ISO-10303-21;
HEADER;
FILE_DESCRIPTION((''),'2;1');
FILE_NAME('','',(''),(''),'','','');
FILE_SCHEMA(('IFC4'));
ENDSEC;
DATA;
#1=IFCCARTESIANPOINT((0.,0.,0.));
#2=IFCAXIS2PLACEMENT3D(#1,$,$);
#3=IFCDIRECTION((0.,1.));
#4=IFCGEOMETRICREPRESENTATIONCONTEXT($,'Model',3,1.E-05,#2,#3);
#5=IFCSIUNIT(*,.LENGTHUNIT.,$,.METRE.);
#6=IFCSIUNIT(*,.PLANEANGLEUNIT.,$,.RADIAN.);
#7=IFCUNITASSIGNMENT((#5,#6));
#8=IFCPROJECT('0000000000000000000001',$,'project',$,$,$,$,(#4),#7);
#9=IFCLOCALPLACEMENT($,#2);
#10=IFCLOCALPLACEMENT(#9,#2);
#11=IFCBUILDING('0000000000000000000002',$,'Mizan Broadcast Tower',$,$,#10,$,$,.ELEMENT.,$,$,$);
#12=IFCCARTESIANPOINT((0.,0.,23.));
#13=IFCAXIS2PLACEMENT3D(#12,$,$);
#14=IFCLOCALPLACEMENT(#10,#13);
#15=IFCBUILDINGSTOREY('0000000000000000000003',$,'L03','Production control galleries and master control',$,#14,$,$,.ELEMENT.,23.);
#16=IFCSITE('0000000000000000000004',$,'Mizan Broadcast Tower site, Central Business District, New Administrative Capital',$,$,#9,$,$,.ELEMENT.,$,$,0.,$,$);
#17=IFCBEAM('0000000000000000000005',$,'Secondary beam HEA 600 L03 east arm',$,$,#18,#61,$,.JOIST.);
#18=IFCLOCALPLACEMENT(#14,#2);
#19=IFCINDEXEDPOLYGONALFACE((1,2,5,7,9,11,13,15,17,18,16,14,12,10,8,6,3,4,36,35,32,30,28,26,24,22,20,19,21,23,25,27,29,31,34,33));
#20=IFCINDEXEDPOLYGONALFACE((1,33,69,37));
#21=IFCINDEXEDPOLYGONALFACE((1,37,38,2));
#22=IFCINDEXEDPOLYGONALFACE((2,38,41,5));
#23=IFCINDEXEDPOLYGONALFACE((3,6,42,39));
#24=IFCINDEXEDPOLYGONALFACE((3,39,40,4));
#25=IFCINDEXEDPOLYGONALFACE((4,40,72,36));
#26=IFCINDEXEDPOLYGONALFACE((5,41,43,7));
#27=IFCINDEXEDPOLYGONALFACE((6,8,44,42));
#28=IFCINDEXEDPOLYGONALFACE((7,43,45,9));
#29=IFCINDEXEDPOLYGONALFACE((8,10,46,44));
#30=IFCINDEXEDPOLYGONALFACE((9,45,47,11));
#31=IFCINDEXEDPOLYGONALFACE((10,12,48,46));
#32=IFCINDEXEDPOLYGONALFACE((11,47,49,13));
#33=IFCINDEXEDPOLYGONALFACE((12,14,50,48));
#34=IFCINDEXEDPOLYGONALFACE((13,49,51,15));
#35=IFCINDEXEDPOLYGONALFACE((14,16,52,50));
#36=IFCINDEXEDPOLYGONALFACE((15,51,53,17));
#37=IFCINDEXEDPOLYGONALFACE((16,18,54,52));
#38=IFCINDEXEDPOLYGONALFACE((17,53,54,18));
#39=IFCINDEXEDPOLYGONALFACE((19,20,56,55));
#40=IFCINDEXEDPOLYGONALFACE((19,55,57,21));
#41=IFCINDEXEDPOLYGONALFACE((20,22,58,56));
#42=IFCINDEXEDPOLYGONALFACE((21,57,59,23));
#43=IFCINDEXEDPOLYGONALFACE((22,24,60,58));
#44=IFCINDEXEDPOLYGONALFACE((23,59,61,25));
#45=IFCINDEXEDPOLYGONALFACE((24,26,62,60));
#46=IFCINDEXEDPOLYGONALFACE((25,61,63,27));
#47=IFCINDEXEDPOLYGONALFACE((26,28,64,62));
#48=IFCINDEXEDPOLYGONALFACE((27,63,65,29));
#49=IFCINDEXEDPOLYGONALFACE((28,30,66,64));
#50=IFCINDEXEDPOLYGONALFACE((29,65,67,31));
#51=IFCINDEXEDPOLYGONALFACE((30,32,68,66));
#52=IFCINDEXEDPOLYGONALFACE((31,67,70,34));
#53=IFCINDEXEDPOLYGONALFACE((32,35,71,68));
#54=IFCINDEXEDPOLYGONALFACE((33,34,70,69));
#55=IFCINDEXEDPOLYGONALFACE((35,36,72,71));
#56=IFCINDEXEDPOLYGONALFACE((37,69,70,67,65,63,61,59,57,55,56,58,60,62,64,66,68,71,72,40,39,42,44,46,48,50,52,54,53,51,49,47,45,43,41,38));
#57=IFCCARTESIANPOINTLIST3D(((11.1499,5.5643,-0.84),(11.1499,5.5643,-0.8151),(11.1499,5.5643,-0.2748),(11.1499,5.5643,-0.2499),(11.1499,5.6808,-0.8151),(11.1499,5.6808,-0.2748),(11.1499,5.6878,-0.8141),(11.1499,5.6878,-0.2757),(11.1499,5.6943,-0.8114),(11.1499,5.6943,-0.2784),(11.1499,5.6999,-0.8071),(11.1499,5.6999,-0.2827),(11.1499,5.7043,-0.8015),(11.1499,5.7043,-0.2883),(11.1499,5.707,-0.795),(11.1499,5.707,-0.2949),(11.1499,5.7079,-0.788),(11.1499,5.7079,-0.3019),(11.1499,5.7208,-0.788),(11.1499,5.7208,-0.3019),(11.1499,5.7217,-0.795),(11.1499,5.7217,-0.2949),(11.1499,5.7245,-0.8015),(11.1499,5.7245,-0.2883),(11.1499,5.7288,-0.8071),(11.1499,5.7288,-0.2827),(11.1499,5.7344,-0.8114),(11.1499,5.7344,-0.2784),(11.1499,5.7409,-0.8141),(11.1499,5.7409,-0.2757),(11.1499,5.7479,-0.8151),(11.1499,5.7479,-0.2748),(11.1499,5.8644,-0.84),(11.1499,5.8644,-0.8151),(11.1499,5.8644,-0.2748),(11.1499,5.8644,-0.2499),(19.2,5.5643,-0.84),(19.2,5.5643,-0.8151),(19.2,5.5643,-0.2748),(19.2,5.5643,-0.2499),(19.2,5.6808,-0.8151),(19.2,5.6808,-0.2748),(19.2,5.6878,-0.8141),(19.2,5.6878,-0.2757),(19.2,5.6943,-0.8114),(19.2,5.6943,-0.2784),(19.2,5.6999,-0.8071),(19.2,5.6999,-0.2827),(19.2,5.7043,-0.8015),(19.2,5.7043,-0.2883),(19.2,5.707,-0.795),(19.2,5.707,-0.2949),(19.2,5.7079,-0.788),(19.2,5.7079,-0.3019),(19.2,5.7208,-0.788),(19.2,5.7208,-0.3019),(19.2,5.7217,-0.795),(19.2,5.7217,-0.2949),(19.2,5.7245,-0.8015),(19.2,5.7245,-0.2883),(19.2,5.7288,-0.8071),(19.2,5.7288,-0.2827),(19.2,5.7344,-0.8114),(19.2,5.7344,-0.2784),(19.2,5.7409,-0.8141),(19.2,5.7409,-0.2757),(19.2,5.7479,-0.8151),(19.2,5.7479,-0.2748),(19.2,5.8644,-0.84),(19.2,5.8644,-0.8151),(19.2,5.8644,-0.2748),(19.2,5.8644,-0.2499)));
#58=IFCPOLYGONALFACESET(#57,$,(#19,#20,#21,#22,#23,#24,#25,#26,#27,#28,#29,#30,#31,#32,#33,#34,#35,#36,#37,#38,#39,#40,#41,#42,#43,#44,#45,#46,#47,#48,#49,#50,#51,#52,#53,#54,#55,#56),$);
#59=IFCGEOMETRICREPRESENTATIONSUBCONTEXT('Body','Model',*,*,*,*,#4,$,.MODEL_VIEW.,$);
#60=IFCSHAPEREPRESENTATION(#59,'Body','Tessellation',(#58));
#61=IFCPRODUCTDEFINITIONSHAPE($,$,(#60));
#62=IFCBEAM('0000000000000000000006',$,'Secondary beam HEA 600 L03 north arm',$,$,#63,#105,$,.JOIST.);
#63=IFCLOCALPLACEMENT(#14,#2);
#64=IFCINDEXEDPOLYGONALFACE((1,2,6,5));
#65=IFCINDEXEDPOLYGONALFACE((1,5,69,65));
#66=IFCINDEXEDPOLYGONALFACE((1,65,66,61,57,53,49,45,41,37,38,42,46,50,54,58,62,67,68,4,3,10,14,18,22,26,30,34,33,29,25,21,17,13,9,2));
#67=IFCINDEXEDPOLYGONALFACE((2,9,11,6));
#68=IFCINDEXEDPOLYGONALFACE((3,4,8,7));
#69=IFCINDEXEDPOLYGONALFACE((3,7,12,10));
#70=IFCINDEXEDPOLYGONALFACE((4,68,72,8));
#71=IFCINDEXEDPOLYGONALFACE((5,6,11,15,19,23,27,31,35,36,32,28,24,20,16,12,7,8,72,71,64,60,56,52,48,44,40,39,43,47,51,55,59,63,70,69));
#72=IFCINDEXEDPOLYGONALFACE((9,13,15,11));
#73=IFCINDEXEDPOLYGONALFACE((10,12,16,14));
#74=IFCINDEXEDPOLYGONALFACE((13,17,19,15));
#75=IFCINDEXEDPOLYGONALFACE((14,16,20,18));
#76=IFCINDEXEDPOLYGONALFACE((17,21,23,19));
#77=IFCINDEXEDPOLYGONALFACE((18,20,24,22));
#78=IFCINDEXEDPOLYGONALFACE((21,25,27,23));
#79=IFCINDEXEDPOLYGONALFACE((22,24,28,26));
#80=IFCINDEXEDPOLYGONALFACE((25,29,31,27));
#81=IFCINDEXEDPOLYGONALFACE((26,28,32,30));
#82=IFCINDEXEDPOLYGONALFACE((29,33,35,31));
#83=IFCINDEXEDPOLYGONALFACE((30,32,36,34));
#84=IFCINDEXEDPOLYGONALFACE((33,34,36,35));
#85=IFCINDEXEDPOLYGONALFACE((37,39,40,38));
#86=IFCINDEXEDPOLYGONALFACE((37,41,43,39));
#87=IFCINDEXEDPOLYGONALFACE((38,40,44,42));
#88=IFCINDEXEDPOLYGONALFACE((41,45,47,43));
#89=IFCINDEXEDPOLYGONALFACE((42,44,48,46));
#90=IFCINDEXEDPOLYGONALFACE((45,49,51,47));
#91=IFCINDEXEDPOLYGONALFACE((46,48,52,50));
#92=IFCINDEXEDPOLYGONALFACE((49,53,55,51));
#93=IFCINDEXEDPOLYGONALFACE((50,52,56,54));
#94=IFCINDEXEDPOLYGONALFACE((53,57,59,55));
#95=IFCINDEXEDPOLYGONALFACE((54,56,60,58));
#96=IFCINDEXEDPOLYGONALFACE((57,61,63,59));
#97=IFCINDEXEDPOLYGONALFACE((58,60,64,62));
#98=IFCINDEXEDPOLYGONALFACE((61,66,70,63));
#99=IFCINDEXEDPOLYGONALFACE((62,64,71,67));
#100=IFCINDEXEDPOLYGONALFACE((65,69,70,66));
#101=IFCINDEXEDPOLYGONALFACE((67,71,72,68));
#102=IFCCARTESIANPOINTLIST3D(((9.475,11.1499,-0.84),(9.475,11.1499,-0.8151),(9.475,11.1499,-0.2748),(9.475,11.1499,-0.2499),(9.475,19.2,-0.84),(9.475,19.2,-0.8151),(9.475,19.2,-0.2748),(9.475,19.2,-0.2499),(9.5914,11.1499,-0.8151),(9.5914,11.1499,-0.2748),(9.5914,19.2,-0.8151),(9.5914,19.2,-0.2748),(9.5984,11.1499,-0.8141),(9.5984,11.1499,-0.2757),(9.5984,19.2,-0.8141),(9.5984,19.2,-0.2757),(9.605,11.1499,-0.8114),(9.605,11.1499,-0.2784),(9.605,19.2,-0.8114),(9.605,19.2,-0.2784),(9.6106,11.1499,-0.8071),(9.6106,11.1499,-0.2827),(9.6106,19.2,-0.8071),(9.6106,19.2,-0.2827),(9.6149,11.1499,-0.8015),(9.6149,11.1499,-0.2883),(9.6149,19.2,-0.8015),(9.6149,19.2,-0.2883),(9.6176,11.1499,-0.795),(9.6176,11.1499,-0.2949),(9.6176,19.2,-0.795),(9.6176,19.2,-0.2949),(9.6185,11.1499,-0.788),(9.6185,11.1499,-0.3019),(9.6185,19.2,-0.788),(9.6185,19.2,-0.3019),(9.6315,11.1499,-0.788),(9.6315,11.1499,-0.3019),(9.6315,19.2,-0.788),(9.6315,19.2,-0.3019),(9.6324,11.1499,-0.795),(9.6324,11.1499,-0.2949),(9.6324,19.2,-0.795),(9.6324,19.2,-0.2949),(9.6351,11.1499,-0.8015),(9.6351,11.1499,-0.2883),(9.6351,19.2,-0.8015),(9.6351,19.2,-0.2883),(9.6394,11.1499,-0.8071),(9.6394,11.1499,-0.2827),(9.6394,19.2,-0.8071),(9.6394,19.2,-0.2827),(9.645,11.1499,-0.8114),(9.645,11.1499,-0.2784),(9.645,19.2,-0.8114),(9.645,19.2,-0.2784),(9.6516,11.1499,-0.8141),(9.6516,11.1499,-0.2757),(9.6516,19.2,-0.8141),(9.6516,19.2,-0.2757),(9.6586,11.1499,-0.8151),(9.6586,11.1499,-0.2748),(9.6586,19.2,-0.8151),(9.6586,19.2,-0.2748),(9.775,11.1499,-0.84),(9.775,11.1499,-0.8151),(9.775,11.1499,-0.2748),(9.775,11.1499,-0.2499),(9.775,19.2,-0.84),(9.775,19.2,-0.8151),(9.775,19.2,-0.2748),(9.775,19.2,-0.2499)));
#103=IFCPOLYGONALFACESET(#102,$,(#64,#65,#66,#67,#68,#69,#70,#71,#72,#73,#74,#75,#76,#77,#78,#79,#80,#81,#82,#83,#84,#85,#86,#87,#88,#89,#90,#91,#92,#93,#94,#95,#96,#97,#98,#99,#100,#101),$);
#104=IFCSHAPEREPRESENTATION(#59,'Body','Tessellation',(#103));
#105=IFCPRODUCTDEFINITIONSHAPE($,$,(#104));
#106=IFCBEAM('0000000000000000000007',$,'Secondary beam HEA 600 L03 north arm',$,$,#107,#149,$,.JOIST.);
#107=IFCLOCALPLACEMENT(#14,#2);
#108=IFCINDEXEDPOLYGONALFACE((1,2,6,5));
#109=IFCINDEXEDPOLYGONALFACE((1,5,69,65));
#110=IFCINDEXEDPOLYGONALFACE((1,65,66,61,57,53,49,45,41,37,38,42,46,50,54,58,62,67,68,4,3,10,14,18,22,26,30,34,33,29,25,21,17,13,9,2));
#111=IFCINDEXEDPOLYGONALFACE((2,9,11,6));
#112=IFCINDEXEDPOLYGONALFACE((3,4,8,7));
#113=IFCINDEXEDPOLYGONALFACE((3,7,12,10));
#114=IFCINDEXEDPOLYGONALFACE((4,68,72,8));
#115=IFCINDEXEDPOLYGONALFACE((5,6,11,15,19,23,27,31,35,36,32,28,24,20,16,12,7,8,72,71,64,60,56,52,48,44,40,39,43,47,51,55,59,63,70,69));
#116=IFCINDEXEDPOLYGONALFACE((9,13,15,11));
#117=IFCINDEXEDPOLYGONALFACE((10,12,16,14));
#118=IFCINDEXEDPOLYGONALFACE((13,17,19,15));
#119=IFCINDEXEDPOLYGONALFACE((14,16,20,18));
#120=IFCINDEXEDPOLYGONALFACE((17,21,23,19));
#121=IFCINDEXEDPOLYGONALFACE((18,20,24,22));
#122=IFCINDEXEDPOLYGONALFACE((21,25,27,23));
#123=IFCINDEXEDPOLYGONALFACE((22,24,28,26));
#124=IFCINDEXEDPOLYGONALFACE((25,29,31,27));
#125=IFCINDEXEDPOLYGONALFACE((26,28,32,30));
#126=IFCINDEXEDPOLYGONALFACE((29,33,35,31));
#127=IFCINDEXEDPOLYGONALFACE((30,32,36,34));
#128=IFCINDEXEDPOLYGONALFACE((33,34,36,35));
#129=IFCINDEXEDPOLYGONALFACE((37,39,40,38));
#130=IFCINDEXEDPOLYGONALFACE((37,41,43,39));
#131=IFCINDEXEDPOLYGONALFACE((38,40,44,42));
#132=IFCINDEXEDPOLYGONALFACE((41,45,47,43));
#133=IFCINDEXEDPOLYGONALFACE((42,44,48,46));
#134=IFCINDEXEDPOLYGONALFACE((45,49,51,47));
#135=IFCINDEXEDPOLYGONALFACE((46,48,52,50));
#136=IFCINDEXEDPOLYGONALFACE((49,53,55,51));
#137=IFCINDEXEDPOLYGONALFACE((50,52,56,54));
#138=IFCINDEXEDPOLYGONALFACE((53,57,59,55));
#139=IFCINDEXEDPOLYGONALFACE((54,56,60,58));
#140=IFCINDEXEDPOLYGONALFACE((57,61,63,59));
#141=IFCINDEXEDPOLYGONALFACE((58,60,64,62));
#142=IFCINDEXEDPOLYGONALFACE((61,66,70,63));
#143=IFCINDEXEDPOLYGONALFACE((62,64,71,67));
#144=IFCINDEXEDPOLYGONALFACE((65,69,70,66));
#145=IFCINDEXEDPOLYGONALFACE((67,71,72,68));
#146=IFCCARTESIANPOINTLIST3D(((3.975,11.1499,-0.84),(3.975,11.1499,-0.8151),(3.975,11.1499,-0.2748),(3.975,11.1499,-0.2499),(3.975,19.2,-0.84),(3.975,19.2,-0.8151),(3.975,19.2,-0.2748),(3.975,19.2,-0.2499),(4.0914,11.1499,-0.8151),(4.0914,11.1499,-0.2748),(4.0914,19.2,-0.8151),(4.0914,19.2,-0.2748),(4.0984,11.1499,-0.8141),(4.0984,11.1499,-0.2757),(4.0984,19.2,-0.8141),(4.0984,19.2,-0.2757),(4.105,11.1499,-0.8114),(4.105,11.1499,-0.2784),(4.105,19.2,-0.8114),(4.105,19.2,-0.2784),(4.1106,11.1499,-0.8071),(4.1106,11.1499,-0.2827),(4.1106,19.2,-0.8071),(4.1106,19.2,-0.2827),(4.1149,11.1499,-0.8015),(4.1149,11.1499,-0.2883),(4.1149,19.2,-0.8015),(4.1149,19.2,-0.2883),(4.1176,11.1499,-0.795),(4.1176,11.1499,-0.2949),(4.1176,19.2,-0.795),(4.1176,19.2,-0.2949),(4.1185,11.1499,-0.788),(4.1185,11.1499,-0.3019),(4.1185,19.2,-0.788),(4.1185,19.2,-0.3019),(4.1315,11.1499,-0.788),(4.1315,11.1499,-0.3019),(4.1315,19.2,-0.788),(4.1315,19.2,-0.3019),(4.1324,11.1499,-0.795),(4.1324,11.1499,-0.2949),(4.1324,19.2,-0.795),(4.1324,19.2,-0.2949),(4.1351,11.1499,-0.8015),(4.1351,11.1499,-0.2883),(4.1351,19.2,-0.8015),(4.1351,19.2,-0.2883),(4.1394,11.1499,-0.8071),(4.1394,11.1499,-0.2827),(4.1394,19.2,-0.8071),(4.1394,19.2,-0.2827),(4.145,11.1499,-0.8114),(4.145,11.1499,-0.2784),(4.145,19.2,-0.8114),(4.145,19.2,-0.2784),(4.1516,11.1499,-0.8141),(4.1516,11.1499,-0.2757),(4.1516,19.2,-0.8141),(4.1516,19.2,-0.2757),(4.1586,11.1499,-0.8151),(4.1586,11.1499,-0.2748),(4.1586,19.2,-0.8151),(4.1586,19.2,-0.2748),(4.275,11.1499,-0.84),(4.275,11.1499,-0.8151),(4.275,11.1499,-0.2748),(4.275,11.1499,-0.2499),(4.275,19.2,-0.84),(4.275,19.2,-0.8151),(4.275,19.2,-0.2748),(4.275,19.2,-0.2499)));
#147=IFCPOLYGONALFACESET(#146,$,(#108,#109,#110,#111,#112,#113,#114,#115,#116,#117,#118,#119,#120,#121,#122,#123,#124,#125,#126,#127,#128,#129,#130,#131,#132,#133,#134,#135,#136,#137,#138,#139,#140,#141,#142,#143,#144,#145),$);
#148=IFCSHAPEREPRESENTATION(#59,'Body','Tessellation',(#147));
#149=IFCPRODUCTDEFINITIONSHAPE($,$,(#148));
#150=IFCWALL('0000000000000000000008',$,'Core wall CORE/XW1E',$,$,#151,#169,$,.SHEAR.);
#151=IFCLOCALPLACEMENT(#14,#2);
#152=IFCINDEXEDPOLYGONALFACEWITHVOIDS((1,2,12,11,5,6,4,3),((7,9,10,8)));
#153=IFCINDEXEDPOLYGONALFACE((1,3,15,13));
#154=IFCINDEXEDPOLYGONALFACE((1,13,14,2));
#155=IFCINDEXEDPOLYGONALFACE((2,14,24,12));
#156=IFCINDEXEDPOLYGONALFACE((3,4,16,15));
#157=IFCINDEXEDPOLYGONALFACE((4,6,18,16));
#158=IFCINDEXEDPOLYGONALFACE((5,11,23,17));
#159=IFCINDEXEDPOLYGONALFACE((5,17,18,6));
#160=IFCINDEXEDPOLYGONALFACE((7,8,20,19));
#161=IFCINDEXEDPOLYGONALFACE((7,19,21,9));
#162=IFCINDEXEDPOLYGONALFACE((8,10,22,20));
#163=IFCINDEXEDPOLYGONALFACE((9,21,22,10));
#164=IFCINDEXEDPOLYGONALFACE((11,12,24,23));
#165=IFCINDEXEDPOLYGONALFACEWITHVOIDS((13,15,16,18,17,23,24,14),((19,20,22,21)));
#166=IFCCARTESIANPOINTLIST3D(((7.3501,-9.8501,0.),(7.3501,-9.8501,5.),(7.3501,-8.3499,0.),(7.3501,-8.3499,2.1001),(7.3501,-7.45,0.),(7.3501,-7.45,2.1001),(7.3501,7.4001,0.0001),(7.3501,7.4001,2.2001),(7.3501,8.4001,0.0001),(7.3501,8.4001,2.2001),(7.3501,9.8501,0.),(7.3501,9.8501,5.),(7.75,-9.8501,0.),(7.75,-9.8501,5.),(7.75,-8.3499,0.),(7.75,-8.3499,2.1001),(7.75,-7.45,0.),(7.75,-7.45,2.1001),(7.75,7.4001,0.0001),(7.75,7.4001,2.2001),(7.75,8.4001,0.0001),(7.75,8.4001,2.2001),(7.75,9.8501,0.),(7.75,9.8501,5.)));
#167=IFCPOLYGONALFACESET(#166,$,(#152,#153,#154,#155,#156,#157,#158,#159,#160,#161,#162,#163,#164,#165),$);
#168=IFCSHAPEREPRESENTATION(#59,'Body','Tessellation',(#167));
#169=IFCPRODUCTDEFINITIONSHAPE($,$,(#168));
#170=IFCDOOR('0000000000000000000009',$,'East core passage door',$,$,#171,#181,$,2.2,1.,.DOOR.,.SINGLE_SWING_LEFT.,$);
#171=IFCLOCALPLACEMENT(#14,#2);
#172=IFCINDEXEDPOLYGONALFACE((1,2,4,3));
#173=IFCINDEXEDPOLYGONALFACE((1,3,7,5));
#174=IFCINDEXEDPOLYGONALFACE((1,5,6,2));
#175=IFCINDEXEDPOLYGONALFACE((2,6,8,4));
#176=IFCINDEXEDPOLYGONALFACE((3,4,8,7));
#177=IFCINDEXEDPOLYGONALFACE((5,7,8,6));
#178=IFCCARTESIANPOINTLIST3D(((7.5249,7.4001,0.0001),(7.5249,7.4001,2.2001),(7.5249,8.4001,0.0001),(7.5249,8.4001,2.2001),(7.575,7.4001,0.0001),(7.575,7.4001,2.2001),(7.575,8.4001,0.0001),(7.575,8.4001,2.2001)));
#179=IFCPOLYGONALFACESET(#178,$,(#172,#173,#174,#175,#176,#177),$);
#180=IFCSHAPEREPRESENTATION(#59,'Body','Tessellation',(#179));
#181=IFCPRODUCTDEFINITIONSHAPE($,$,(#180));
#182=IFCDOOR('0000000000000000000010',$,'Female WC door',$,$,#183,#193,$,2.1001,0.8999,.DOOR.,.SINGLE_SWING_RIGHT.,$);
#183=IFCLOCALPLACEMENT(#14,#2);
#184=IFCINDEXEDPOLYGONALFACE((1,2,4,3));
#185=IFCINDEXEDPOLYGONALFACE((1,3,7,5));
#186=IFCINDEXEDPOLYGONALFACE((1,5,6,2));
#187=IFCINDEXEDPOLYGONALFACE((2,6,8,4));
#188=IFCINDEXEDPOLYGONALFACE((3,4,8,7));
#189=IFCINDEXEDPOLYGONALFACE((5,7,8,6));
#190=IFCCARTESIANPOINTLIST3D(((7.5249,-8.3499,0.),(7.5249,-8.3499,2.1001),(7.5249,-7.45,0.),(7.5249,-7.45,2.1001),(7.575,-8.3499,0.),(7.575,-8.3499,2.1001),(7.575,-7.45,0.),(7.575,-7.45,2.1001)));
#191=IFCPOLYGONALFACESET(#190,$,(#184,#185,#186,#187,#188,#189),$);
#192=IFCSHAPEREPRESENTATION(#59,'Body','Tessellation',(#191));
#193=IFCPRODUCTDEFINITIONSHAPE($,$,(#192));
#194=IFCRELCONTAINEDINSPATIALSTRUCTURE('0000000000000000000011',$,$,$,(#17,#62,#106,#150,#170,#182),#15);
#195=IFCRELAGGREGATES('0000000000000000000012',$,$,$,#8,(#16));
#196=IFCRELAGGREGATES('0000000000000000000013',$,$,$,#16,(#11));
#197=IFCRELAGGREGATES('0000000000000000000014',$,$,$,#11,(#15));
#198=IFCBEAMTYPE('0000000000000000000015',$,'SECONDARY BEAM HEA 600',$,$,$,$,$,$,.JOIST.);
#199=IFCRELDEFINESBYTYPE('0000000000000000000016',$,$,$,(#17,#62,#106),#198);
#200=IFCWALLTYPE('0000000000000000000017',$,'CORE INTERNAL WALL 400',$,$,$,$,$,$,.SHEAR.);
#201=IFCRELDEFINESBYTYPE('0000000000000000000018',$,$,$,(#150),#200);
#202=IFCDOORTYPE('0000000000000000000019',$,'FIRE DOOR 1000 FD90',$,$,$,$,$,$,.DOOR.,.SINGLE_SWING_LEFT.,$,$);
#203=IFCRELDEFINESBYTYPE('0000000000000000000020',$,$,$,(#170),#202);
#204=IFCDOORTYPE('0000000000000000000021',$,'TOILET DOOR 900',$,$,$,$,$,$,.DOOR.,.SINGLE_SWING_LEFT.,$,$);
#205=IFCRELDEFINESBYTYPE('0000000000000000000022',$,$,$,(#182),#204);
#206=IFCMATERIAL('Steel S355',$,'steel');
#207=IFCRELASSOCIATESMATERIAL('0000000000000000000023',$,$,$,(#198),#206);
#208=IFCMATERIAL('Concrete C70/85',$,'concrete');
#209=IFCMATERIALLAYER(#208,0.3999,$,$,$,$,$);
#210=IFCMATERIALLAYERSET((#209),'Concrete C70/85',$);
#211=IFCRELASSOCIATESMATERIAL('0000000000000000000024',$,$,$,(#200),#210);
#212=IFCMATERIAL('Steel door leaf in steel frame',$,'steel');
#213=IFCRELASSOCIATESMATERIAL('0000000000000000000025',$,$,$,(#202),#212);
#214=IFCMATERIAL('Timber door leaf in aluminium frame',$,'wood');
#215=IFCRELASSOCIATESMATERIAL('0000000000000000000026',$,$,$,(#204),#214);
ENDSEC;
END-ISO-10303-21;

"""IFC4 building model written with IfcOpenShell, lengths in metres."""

from ifc_helpers import new_model, si_unit, direction, frame, frame_2d, origin, origin_2d, place, context, subcontext, project, spatial, rectangle, i_section, extrude, material, layer, layer_set, material_profile, profile_set, type_object, element, fill, save


model = new_model("IFC4")

# Units and contexts
model_context = context("Model", 3, precision=1e-05, world=origin(), true_north=direction((0.0, 1.0)))
body_context = subcontext(model_context, "Body", "Model", "MODEL_VIEW")
ifc_project = project(units=[si_unit("LENGTHUNIT", "METRE"), si_unit("PLANEANGLEUNIT", "RADIAN")], contexts=[model_context])

# Site, building, storey
site_placement = place(None, origin())
site = spatial("IfcSite", under=ifc_project, at=site_placement, Name="Mizan Broadcast Tower site, Central Business District, New Administrative Capital", CompositionType="ELEMENT", RefElevation=0.0)
building_placement = place(site_placement, origin())
building = spatial("IfcBuilding", under=site, at=building_placement, Name="Mizan Broadcast Tower", CompositionType="ELEMENT")
storey_placement = place(building_placement, frame((0.0, 0.0, 23.0)))
storey = spatial("IfcBuildingStorey", under=building, at=storey_placement, Name="L03", Description="Production control galleries and master control", CompositionType="ELEMENT", Elevation=23.0)

# Beams
ifc_material_1 = material(Name="Steel S355", Category="steel")
ifc_material_profile_1 = material_profile(ifc_material_1, i_section(OverallWidth=0.3, OverallDepth=0.5901, WebThickness=0.0129, FlangeThickness=0.0249, FilletRadius=0.0271, at=origin_2d()), Name="HEA 600")
ifc_profile_set_1 = profile_set([ifc_material_profile_1], Name="Steel S355")
beam_type_1 = type_object("IfcBeamType", Name="SECONDARY BEAM HEA 600", PredefinedType="JOIST", material=ifc_profile_set_1)
for number, where, z_axis, x_axis, name in (
    (1, (11.1499, 5.7144, -0.5449), (1.0, 0.0, 0.0), (0.0, 1.0, 0.0), "Secondary beam HEA 600 L03 east arm"),
    (2, (9.625, 11.1499, -0.5449), (0.0, 1.0, 0.0), (-1.0, 0.0, 0.0), "Secondary beam HEA 600 L03 north arm"),
    (3, (4.125, 11.1499, -0.5449), (0.0, 1.0, 0.0), (-1.0, 0.0, 0.0), "Secondary beam HEA 600 L03 north arm"),
):
    element("IfcBeam", number, at=place(storey_placement, frame(where, z_axis=z_axis, x_axis=x_axis)), inside=storey, type_object=beam_type_1, Name=name, PredefinedType="JOIST", context=body_context, shape_type="SweptSolid", body=[
        extrude(i_section(OverallWidth=0.3, OverallDepth=0.5901, WebThickness=0.0129, FlangeThickness=0.0249, FilletRadius=0.0271, at=origin_2d()), origin(), (0.0, 0.0, 1.0), 8.05),
    ])

# Wall, openings, doors
ifc_material_2 = material(Name="Concrete C70/85", Category="concrete")
ifc_layer_1 = layer(ifc_material_2, 0.3999)
ifc_layer_set_1 = layer_set([ifc_layer_1], Name="Concrete C70/85")
wall_type_1 = type_object("IfcWallType", Name="CORE INTERNAL WALL 400", PredefinedType="SHEAR", material=ifc_layer_set_1)
wall_1_placement = place(storey_placement, frame((7.55, 9.8501, 0.0), z_axis=(0.0, 0.0, 1.0), x_axis=(0.0, -1.0, 0.0)))
wall_1 = element("IfcWall", 4, at=wall_1_placement, inside=storey, type_object=wall_type_1, Name="Core wall CORE/XW1E", PredefinedType="SHEAR", context=body_context, shape_type="SweptSolid", body=[
    extrude(rectangle(XDim=19.7002, YDim=0.3999, at=frame_2d((9.8501, 0.0))), origin(), (0.0, 0.0, 1.0), 5.0),
])
opening_1_placement = place(wall_1_placement, frame((1.45, 0.0, 0.0)))
opening_1 = element("IfcOpeningElement", 5, at=opening_1_placement, cuts=wall_1, PredefinedType="OPENING", context=body_context, shape_type="SweptSolid", body=[
    extrude(rectangle(XDim=1.0, YDim=2.2, at=frame_2d((0.5, 1.1001))), frame((0.0, 0.21, 0.0), z_axis=(0.0, -1.0, 0.0), x_axis=(1.0, 0.0, 0.0)), (0.0, 0.0, 1.0), 0.4199),
])
opening_2_placement = place(wall_1_placement, frame((17.3, 0.0, 0.0)))
opening_2 = element("IfcOpeningElement", 6, at=opening_2_placement, cuts=wall_1, PredefinedType="OPENING", context=body_context, shape_type="SweptSolid", body=[
    extrude(rectangle(XDim=0.8999, YDim=2.1001, at=frame_2d((0.45, 1.05))), frame((0.0, 0.21, 0.0), z_axis=(0.0, -1.0, 0.0), x_axis=(1.0, 0.0, 0.0)), (0.0, 0.0, 1.0), 0.4199),
])
ifc_material_3 = material(Name="Steel door leaf in steel frame", Category="steel")
door_type_1 = type_object("IfcDoorType", Name="FIRE DOOR 1000 FD90", OperationType="SINGLE_SWING_LEFT", PredefinedType="DOOR", material=ifc_material_3)
door_1_placement = place(opening_1_placement, origin())
door_1 = element("IfcDoor", 7, at=door_1_placement, inside=storey, type_object=door_type_1, Name="East core passage door", OperationType="SINGLE_SWING_LEFT", OverallHeight=2.2, OverallWidth=1.0, PredefinedType="DOOR", context=body_context, shape_type="SweptSolid", body=[
    extrude(rectangle(XDim=1.0, YDim=2.2, at=frame_2d((0.5, 1.1001))), frame((0.0, 0.0249, 0.0), z_axis=(0.0, -1.0, 0.0), x_axis=(1.0, 0.0, 0.0)), (0.0, 0.0, 1.0), 0.05),
])
fill(opening_1, door_1)
ifc_material_4 = material(Name="Timber door leaf in aluminium frame", Category="wood")
door_type_2 = type_object("IfcDoorType", Name="TOILET DOOR 900", OperationType="SINGLE_SWING_LEFT", PredefinedType="DOOR", material=ifc_material_4)
door_2_placement = place(opening_2_placement, origin())
door_2 = element("IfcDoor", 8, at=door_2_placement, inside=storey, type_object=door_type_2, Name="Female WC door", OperationType="SINGLE_SWING_RIGHT", OverallHeight=2.1001, OverallWidth=0.8999, PredefinedType="DOOR", context=body_context, shape_type="SweptSolid", body=[
    extrude(rectangle(XDim=0.8999, YDim=2.1001, at=frame_2d((0.45, 1.05))), frame((0.0, 0.0249, 0.0), z_axis=(0.0, -1.0, 0.0), x_axis=(1.0, 0.0, 0.0)), (0.0, 0.0, 1.0), 0.05),
])
fill(opening_2, door_2)

save(model, "model.ifc")
